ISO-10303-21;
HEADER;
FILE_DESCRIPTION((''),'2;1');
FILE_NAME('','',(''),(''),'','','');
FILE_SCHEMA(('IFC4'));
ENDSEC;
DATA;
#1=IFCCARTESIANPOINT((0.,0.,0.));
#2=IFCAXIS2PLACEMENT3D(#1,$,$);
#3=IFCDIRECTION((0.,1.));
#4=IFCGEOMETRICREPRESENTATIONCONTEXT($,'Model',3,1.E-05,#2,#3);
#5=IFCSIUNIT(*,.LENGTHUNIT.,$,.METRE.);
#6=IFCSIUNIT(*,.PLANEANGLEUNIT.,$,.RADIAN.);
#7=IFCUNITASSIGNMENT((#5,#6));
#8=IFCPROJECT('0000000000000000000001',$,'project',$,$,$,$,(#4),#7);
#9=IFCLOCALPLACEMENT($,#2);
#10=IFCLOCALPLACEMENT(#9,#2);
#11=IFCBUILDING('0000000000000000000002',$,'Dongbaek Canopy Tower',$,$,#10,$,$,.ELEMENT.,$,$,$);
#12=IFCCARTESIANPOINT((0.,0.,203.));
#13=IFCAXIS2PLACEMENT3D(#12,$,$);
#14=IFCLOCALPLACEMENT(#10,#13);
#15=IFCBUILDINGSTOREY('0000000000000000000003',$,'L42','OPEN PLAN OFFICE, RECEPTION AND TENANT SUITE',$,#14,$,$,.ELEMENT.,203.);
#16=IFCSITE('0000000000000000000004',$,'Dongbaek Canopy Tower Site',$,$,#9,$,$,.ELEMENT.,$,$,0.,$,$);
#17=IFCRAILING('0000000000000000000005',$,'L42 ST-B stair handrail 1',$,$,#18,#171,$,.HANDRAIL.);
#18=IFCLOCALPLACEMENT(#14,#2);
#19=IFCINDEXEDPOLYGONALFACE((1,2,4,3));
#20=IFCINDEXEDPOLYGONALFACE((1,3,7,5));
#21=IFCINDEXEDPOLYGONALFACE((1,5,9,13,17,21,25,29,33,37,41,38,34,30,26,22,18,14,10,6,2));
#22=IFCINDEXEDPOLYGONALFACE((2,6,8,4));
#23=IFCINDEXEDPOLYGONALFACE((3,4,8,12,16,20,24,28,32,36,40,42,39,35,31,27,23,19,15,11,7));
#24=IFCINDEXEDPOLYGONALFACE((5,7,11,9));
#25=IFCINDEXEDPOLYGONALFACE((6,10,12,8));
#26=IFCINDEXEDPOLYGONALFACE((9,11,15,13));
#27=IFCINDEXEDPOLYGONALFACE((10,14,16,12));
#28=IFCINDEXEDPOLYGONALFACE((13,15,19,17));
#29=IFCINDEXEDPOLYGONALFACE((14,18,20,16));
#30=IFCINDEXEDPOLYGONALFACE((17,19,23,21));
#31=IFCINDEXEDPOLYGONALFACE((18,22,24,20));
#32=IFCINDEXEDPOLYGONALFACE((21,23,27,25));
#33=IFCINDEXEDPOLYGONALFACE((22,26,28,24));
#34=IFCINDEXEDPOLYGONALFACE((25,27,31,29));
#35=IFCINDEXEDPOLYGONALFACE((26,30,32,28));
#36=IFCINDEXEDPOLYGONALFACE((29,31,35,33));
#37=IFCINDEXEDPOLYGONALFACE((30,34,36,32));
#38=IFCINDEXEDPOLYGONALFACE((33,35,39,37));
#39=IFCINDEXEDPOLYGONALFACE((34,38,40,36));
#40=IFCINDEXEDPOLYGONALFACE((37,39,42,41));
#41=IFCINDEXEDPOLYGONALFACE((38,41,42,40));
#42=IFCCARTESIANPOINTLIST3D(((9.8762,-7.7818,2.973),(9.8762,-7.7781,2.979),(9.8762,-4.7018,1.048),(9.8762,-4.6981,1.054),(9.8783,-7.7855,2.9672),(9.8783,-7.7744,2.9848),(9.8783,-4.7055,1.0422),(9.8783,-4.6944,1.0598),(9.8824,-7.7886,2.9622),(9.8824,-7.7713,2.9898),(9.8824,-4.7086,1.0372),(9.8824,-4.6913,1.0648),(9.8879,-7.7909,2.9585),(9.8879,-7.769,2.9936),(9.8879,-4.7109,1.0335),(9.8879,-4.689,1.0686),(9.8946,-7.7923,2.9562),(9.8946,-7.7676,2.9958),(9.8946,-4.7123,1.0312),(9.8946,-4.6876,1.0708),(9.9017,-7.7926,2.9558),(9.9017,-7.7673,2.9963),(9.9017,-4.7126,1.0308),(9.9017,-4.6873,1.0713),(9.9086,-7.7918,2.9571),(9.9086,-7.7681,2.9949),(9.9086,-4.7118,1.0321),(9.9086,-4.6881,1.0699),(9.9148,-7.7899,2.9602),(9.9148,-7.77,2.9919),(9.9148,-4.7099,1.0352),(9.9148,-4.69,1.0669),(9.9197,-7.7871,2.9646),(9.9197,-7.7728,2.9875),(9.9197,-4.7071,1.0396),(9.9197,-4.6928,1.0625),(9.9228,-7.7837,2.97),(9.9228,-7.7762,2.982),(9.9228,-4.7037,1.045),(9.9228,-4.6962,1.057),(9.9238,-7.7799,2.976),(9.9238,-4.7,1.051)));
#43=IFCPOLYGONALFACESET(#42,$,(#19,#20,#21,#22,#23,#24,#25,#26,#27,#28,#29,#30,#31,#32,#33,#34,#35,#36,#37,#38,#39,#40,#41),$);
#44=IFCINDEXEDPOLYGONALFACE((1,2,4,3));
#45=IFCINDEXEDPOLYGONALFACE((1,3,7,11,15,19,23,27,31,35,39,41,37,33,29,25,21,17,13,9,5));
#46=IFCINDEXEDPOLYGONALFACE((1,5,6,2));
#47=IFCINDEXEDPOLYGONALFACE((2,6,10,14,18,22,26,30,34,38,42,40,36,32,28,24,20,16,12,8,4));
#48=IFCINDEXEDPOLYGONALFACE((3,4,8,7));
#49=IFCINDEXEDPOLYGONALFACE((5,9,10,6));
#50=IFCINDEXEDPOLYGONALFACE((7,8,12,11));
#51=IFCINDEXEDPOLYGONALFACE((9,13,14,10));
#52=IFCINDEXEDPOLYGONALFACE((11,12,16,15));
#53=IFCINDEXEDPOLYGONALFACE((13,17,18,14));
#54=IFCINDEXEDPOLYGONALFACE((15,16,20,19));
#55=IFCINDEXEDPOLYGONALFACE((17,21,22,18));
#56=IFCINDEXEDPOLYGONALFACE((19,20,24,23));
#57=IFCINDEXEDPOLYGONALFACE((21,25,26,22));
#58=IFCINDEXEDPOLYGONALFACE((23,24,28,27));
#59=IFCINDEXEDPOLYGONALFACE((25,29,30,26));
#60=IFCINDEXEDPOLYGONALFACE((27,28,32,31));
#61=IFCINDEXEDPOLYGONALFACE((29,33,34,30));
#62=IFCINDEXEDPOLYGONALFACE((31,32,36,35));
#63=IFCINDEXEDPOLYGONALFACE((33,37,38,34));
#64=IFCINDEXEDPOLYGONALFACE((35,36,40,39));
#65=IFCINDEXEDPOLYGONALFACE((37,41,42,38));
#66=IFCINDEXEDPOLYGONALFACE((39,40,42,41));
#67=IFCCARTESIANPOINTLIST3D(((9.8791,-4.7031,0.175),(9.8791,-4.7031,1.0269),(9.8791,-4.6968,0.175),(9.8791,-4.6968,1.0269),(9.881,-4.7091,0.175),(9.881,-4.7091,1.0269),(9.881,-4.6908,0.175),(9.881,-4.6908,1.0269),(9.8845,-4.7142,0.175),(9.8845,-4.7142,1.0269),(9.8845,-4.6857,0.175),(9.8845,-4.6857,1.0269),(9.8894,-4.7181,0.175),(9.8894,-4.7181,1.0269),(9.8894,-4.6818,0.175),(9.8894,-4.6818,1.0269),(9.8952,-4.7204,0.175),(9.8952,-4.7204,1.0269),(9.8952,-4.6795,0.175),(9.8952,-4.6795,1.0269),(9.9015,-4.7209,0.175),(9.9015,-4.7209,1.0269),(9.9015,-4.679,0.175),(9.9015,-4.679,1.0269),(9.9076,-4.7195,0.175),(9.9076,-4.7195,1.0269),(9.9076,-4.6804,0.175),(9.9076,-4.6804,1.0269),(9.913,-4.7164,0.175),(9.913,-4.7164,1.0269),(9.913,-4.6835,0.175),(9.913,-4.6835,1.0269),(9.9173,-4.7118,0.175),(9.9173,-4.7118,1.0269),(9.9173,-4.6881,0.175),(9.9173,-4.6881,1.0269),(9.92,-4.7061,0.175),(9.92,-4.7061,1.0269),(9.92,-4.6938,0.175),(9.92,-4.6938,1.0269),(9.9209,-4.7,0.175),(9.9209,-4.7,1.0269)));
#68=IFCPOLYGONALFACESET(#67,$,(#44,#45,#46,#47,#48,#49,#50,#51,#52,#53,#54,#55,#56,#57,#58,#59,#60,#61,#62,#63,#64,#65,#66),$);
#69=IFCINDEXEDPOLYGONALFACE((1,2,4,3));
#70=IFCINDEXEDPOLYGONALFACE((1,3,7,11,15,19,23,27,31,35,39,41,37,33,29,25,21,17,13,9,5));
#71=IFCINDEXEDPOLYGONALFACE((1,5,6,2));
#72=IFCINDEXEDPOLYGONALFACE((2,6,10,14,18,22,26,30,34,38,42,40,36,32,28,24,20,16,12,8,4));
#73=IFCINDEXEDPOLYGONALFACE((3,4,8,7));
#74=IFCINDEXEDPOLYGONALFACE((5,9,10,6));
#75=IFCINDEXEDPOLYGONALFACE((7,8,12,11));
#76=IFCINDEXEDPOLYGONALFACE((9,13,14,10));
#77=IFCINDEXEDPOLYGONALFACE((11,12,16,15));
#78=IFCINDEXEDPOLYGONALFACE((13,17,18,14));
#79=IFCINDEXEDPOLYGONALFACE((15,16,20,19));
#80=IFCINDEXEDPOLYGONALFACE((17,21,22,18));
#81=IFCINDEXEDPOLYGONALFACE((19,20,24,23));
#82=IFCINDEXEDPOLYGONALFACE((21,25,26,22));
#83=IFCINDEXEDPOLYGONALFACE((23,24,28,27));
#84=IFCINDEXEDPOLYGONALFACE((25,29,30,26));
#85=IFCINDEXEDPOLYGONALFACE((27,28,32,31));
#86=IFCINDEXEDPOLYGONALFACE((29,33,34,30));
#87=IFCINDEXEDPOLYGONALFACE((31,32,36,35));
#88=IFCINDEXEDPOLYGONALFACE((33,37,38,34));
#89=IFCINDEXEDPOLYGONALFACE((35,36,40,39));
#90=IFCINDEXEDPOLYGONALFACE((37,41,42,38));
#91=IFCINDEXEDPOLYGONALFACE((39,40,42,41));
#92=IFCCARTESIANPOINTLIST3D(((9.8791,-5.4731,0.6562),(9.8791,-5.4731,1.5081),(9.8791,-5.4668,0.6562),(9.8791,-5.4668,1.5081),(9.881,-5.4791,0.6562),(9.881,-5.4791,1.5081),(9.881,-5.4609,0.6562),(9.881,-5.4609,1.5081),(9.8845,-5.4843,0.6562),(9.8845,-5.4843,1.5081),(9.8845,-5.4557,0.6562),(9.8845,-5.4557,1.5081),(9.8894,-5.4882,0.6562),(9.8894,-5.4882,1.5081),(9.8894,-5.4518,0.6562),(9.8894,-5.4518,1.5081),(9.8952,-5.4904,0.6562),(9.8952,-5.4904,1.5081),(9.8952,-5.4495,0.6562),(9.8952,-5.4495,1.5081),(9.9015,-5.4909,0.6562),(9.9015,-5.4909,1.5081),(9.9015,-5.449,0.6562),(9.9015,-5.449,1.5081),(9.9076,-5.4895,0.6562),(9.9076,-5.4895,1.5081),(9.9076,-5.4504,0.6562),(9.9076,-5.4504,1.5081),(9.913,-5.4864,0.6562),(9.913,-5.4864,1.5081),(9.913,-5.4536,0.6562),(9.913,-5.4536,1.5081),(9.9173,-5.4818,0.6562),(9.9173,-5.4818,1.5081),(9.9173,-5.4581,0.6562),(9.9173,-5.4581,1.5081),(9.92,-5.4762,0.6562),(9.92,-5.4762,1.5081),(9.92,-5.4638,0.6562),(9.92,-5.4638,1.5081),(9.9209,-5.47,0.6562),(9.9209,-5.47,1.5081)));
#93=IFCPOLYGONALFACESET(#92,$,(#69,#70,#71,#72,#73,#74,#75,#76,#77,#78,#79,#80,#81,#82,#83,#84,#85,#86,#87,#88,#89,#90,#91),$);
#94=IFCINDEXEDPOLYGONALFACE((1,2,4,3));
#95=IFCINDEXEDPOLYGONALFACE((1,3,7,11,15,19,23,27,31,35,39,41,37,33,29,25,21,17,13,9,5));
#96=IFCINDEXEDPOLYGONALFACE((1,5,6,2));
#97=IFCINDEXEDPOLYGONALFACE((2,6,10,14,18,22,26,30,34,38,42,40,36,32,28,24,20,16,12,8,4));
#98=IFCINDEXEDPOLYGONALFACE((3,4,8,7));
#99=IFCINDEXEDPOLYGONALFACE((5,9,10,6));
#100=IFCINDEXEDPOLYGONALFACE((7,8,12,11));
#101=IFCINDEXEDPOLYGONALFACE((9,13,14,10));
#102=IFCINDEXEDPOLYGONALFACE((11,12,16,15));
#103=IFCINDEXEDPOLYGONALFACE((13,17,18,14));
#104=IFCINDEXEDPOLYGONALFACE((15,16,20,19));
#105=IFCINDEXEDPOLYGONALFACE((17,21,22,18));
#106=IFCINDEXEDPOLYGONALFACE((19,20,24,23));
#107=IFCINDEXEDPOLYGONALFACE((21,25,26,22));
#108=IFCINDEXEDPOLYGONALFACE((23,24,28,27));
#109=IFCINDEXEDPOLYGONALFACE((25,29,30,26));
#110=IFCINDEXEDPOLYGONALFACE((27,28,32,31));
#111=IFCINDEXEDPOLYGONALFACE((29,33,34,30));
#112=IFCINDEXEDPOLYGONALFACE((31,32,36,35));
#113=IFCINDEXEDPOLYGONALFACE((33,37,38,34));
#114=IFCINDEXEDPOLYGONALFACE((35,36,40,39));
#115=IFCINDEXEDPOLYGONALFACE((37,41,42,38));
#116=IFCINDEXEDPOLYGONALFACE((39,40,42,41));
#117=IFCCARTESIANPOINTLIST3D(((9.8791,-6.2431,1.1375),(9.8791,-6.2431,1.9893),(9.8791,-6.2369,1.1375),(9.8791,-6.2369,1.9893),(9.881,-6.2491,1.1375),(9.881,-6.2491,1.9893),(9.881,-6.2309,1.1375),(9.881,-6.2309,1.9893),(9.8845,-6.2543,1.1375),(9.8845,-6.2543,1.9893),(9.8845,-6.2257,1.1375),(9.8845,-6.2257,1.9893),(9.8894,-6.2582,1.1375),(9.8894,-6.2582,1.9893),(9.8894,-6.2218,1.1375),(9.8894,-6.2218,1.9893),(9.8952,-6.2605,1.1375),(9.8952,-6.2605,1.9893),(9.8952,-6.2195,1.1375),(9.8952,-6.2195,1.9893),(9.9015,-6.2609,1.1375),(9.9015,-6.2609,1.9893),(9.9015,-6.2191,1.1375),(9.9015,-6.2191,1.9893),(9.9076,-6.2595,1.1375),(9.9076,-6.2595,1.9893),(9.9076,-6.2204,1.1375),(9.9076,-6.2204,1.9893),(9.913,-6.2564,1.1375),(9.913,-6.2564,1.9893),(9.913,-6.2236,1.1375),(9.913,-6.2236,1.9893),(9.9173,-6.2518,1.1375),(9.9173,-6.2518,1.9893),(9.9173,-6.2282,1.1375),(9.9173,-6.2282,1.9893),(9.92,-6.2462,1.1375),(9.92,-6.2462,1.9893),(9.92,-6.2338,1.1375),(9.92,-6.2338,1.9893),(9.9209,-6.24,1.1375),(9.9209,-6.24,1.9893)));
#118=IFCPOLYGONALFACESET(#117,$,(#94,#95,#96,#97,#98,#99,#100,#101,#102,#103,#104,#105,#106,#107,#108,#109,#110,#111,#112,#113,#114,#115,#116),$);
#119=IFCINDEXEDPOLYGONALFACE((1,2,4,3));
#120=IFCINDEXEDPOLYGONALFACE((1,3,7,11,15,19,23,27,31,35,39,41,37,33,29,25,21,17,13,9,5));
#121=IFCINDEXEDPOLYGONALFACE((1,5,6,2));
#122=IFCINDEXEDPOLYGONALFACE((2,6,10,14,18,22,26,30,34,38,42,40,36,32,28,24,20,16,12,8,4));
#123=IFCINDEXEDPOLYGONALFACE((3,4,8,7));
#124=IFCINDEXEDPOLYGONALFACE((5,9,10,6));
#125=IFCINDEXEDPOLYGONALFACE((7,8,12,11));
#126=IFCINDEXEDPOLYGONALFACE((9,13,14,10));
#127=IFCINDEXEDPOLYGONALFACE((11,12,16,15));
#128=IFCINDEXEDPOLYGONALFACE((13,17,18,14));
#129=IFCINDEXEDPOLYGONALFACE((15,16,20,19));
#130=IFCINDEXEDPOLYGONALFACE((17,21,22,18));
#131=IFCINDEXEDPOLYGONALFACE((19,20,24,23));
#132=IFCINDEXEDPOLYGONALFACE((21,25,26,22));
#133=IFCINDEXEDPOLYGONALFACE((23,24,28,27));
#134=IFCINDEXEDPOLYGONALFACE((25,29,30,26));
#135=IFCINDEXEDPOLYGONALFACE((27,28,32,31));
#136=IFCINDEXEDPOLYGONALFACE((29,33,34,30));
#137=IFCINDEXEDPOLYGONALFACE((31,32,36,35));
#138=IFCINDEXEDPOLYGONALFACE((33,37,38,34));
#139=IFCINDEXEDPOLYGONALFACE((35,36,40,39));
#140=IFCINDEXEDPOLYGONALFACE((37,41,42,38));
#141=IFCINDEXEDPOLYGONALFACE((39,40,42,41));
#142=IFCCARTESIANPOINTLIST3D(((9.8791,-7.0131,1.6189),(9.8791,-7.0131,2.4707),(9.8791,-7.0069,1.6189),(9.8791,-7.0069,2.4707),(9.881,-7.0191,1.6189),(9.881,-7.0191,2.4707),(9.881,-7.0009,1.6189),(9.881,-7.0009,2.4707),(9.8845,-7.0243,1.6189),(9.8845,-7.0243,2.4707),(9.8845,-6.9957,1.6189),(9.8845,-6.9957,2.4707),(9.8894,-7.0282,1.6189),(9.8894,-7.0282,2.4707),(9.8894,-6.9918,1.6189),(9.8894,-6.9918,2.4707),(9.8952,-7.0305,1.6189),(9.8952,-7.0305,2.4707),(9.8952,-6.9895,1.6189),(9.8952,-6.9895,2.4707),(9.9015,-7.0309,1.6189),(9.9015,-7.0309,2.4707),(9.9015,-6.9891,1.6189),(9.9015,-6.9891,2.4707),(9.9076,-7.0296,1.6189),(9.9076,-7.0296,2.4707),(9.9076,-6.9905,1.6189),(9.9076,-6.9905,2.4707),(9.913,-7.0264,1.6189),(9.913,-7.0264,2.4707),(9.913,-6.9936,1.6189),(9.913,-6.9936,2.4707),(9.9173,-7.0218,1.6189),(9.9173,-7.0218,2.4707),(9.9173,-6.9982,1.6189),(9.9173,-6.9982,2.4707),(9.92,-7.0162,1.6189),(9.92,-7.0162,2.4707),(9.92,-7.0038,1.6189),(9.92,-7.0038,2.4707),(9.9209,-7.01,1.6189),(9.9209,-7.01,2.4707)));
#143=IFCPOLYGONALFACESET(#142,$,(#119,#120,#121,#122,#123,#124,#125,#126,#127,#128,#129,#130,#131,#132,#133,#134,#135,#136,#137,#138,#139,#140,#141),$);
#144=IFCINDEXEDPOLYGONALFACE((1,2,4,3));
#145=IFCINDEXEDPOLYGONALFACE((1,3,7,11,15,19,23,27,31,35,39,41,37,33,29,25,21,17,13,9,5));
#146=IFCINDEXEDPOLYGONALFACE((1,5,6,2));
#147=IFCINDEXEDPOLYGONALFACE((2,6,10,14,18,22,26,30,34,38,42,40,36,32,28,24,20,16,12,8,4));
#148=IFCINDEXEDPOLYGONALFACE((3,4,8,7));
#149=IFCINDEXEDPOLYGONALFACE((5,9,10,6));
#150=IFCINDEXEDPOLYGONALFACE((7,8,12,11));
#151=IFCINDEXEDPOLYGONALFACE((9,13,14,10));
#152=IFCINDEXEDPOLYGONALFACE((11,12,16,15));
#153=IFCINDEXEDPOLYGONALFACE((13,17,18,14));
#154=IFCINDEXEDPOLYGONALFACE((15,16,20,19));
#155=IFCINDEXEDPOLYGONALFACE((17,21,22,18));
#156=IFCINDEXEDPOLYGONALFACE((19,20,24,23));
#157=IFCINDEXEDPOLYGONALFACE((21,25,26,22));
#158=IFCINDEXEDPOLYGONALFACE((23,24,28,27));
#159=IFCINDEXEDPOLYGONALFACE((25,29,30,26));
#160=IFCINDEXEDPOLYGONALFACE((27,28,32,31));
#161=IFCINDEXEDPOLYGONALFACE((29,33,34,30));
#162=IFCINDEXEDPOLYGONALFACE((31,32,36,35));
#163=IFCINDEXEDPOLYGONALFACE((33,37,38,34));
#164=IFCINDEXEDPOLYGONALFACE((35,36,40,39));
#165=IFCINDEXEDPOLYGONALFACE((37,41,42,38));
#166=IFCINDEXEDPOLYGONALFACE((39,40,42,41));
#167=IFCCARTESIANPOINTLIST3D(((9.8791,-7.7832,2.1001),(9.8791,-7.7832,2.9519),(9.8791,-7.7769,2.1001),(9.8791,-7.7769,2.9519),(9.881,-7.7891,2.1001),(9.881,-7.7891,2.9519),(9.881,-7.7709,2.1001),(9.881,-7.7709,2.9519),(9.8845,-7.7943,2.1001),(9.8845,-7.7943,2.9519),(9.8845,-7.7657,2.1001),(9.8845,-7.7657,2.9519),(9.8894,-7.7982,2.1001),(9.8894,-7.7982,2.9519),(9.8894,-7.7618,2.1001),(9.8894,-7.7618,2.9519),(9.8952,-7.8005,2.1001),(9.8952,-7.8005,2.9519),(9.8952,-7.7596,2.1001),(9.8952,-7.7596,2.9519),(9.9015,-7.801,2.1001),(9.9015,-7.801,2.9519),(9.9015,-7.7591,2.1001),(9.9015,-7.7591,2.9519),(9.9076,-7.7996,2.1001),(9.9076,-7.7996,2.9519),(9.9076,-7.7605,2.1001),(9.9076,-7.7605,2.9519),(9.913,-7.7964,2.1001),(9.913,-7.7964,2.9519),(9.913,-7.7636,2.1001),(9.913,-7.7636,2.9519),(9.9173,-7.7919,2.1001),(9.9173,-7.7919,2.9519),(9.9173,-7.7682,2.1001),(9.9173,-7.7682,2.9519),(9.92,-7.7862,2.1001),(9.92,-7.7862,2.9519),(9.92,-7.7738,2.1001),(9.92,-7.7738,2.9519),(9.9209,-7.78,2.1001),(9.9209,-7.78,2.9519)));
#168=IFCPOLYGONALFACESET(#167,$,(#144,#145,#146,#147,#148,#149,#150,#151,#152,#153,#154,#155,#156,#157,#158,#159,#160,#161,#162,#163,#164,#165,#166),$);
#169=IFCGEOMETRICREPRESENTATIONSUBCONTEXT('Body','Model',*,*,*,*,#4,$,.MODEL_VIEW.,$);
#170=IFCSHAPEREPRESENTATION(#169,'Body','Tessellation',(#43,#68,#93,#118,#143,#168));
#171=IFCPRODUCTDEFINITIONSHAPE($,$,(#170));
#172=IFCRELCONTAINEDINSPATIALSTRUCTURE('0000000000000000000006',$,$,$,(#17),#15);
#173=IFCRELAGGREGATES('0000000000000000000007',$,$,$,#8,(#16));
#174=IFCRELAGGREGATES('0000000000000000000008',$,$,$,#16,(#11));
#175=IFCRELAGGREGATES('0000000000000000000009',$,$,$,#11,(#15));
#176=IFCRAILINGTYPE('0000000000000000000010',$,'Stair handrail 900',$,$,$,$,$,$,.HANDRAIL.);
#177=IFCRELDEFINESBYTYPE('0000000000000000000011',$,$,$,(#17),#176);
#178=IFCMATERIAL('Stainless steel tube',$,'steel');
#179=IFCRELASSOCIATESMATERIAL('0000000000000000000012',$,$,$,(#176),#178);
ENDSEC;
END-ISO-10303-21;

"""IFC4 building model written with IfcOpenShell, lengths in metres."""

from ifc_helpers import new_model, si_unit, direction, frame, origin, origin_2d, place, context, subcontext, project, spatial, circle, extrude, material, type_object, element, save


model = new_model("IFC4")

# Units and contexts
model_context = context("Model", 3, precision=1e-05, world=origin(), true_north=direction((0.0, 1.0)))
body_context = subcontext(model_context, "Body", "Model", "MODEL_VIEW")
ifc_project = project(units=[si_unit("LENGTHUNIT", "METRE"), si_unit("PLANEANGLEUNIT", "RADIAN")], contexts=[model_context])

# Site, building, storey
site_placement = place(None, origin())
site = spatial("IfcSite", under=ifc_project, at=site_placement, Name="Dongbaek Canopy Tower Site", CompositionType="ELEMENT", RefElevation=0.0)
building_placement = place(site_placement, origin())
building = spatial("IfcBuilding", under=site, at=building_placement, Name="Dongbaek Canopy Tower", CompositionType="ELEMENT")
storey_placement = place(building_placement, frame((0.0, 0.0, 203.0)))
storey = spatial("IfcBuildingStorey", under=building, at=storey_placement, Name="L42", Description="OPEN PLAN OFFICE, RECEPTION AND TENANT SUITE", CompositionType="ELEMENT", Elevation=203.0)

# Railing
ifc_material_1 = material(Name="Stainless steel tube", Category="steel")
railing_type_1 = type_object("IfcRailingType", Name="Stair handrail 900", PredefinedType="HANDRAIL", material=ifc_material_1)
railing_1_placement = place(storey_placement, frame((9.8999, -4.7, 0.175)))
element("IfcRailing", 1, at=railing_1_placement, inside=storey, type_object=railing_type_1, Name="L42 ST-B stair handrail 1", PredefinedType="HANDRAIL", context=body_context, shape_type="SweptSolid", body=[
    extrude(circle(Radius=0.0239, at=origin_2d()), frame((0.0, 0.0, 0.876), z_axis=(0.0, -0.847998, 0.529999), x_axis=(1.0, 0.0, 0.0)), (0.0, 0.0, 1.0), 3.6321),
    extrude(circle(Radius=0.021, at=origin_2d()), origin(), (0.0, 0.0, 1.0), 0.8518),
    extrude(circle(Radius=0.021, at=origin_2d()), frame((0.0, -0.77, 0.4812)), (0.0, 0.0, 1.0), 0.8518),
    extrude(circle(Radius=0.021, at=origin_2d()), frame((0.0, -1.54, 0.9624)), (0.0, 0.0, 1.0), 0.8518),
    extrude(circle(Radius=0.021, at=origin_2d()), frame((0.0, -2.3101, 1.4438)), (0.0, 0.0, 1.0), 0.8518),
    extrude(circle(Radius=0.021, at=origin_2d()), frame((0.0, -3.0801, 1.925)), (0.0, 0.0, 1.0), 0.8518),
])

save(model, "model.ifc")
